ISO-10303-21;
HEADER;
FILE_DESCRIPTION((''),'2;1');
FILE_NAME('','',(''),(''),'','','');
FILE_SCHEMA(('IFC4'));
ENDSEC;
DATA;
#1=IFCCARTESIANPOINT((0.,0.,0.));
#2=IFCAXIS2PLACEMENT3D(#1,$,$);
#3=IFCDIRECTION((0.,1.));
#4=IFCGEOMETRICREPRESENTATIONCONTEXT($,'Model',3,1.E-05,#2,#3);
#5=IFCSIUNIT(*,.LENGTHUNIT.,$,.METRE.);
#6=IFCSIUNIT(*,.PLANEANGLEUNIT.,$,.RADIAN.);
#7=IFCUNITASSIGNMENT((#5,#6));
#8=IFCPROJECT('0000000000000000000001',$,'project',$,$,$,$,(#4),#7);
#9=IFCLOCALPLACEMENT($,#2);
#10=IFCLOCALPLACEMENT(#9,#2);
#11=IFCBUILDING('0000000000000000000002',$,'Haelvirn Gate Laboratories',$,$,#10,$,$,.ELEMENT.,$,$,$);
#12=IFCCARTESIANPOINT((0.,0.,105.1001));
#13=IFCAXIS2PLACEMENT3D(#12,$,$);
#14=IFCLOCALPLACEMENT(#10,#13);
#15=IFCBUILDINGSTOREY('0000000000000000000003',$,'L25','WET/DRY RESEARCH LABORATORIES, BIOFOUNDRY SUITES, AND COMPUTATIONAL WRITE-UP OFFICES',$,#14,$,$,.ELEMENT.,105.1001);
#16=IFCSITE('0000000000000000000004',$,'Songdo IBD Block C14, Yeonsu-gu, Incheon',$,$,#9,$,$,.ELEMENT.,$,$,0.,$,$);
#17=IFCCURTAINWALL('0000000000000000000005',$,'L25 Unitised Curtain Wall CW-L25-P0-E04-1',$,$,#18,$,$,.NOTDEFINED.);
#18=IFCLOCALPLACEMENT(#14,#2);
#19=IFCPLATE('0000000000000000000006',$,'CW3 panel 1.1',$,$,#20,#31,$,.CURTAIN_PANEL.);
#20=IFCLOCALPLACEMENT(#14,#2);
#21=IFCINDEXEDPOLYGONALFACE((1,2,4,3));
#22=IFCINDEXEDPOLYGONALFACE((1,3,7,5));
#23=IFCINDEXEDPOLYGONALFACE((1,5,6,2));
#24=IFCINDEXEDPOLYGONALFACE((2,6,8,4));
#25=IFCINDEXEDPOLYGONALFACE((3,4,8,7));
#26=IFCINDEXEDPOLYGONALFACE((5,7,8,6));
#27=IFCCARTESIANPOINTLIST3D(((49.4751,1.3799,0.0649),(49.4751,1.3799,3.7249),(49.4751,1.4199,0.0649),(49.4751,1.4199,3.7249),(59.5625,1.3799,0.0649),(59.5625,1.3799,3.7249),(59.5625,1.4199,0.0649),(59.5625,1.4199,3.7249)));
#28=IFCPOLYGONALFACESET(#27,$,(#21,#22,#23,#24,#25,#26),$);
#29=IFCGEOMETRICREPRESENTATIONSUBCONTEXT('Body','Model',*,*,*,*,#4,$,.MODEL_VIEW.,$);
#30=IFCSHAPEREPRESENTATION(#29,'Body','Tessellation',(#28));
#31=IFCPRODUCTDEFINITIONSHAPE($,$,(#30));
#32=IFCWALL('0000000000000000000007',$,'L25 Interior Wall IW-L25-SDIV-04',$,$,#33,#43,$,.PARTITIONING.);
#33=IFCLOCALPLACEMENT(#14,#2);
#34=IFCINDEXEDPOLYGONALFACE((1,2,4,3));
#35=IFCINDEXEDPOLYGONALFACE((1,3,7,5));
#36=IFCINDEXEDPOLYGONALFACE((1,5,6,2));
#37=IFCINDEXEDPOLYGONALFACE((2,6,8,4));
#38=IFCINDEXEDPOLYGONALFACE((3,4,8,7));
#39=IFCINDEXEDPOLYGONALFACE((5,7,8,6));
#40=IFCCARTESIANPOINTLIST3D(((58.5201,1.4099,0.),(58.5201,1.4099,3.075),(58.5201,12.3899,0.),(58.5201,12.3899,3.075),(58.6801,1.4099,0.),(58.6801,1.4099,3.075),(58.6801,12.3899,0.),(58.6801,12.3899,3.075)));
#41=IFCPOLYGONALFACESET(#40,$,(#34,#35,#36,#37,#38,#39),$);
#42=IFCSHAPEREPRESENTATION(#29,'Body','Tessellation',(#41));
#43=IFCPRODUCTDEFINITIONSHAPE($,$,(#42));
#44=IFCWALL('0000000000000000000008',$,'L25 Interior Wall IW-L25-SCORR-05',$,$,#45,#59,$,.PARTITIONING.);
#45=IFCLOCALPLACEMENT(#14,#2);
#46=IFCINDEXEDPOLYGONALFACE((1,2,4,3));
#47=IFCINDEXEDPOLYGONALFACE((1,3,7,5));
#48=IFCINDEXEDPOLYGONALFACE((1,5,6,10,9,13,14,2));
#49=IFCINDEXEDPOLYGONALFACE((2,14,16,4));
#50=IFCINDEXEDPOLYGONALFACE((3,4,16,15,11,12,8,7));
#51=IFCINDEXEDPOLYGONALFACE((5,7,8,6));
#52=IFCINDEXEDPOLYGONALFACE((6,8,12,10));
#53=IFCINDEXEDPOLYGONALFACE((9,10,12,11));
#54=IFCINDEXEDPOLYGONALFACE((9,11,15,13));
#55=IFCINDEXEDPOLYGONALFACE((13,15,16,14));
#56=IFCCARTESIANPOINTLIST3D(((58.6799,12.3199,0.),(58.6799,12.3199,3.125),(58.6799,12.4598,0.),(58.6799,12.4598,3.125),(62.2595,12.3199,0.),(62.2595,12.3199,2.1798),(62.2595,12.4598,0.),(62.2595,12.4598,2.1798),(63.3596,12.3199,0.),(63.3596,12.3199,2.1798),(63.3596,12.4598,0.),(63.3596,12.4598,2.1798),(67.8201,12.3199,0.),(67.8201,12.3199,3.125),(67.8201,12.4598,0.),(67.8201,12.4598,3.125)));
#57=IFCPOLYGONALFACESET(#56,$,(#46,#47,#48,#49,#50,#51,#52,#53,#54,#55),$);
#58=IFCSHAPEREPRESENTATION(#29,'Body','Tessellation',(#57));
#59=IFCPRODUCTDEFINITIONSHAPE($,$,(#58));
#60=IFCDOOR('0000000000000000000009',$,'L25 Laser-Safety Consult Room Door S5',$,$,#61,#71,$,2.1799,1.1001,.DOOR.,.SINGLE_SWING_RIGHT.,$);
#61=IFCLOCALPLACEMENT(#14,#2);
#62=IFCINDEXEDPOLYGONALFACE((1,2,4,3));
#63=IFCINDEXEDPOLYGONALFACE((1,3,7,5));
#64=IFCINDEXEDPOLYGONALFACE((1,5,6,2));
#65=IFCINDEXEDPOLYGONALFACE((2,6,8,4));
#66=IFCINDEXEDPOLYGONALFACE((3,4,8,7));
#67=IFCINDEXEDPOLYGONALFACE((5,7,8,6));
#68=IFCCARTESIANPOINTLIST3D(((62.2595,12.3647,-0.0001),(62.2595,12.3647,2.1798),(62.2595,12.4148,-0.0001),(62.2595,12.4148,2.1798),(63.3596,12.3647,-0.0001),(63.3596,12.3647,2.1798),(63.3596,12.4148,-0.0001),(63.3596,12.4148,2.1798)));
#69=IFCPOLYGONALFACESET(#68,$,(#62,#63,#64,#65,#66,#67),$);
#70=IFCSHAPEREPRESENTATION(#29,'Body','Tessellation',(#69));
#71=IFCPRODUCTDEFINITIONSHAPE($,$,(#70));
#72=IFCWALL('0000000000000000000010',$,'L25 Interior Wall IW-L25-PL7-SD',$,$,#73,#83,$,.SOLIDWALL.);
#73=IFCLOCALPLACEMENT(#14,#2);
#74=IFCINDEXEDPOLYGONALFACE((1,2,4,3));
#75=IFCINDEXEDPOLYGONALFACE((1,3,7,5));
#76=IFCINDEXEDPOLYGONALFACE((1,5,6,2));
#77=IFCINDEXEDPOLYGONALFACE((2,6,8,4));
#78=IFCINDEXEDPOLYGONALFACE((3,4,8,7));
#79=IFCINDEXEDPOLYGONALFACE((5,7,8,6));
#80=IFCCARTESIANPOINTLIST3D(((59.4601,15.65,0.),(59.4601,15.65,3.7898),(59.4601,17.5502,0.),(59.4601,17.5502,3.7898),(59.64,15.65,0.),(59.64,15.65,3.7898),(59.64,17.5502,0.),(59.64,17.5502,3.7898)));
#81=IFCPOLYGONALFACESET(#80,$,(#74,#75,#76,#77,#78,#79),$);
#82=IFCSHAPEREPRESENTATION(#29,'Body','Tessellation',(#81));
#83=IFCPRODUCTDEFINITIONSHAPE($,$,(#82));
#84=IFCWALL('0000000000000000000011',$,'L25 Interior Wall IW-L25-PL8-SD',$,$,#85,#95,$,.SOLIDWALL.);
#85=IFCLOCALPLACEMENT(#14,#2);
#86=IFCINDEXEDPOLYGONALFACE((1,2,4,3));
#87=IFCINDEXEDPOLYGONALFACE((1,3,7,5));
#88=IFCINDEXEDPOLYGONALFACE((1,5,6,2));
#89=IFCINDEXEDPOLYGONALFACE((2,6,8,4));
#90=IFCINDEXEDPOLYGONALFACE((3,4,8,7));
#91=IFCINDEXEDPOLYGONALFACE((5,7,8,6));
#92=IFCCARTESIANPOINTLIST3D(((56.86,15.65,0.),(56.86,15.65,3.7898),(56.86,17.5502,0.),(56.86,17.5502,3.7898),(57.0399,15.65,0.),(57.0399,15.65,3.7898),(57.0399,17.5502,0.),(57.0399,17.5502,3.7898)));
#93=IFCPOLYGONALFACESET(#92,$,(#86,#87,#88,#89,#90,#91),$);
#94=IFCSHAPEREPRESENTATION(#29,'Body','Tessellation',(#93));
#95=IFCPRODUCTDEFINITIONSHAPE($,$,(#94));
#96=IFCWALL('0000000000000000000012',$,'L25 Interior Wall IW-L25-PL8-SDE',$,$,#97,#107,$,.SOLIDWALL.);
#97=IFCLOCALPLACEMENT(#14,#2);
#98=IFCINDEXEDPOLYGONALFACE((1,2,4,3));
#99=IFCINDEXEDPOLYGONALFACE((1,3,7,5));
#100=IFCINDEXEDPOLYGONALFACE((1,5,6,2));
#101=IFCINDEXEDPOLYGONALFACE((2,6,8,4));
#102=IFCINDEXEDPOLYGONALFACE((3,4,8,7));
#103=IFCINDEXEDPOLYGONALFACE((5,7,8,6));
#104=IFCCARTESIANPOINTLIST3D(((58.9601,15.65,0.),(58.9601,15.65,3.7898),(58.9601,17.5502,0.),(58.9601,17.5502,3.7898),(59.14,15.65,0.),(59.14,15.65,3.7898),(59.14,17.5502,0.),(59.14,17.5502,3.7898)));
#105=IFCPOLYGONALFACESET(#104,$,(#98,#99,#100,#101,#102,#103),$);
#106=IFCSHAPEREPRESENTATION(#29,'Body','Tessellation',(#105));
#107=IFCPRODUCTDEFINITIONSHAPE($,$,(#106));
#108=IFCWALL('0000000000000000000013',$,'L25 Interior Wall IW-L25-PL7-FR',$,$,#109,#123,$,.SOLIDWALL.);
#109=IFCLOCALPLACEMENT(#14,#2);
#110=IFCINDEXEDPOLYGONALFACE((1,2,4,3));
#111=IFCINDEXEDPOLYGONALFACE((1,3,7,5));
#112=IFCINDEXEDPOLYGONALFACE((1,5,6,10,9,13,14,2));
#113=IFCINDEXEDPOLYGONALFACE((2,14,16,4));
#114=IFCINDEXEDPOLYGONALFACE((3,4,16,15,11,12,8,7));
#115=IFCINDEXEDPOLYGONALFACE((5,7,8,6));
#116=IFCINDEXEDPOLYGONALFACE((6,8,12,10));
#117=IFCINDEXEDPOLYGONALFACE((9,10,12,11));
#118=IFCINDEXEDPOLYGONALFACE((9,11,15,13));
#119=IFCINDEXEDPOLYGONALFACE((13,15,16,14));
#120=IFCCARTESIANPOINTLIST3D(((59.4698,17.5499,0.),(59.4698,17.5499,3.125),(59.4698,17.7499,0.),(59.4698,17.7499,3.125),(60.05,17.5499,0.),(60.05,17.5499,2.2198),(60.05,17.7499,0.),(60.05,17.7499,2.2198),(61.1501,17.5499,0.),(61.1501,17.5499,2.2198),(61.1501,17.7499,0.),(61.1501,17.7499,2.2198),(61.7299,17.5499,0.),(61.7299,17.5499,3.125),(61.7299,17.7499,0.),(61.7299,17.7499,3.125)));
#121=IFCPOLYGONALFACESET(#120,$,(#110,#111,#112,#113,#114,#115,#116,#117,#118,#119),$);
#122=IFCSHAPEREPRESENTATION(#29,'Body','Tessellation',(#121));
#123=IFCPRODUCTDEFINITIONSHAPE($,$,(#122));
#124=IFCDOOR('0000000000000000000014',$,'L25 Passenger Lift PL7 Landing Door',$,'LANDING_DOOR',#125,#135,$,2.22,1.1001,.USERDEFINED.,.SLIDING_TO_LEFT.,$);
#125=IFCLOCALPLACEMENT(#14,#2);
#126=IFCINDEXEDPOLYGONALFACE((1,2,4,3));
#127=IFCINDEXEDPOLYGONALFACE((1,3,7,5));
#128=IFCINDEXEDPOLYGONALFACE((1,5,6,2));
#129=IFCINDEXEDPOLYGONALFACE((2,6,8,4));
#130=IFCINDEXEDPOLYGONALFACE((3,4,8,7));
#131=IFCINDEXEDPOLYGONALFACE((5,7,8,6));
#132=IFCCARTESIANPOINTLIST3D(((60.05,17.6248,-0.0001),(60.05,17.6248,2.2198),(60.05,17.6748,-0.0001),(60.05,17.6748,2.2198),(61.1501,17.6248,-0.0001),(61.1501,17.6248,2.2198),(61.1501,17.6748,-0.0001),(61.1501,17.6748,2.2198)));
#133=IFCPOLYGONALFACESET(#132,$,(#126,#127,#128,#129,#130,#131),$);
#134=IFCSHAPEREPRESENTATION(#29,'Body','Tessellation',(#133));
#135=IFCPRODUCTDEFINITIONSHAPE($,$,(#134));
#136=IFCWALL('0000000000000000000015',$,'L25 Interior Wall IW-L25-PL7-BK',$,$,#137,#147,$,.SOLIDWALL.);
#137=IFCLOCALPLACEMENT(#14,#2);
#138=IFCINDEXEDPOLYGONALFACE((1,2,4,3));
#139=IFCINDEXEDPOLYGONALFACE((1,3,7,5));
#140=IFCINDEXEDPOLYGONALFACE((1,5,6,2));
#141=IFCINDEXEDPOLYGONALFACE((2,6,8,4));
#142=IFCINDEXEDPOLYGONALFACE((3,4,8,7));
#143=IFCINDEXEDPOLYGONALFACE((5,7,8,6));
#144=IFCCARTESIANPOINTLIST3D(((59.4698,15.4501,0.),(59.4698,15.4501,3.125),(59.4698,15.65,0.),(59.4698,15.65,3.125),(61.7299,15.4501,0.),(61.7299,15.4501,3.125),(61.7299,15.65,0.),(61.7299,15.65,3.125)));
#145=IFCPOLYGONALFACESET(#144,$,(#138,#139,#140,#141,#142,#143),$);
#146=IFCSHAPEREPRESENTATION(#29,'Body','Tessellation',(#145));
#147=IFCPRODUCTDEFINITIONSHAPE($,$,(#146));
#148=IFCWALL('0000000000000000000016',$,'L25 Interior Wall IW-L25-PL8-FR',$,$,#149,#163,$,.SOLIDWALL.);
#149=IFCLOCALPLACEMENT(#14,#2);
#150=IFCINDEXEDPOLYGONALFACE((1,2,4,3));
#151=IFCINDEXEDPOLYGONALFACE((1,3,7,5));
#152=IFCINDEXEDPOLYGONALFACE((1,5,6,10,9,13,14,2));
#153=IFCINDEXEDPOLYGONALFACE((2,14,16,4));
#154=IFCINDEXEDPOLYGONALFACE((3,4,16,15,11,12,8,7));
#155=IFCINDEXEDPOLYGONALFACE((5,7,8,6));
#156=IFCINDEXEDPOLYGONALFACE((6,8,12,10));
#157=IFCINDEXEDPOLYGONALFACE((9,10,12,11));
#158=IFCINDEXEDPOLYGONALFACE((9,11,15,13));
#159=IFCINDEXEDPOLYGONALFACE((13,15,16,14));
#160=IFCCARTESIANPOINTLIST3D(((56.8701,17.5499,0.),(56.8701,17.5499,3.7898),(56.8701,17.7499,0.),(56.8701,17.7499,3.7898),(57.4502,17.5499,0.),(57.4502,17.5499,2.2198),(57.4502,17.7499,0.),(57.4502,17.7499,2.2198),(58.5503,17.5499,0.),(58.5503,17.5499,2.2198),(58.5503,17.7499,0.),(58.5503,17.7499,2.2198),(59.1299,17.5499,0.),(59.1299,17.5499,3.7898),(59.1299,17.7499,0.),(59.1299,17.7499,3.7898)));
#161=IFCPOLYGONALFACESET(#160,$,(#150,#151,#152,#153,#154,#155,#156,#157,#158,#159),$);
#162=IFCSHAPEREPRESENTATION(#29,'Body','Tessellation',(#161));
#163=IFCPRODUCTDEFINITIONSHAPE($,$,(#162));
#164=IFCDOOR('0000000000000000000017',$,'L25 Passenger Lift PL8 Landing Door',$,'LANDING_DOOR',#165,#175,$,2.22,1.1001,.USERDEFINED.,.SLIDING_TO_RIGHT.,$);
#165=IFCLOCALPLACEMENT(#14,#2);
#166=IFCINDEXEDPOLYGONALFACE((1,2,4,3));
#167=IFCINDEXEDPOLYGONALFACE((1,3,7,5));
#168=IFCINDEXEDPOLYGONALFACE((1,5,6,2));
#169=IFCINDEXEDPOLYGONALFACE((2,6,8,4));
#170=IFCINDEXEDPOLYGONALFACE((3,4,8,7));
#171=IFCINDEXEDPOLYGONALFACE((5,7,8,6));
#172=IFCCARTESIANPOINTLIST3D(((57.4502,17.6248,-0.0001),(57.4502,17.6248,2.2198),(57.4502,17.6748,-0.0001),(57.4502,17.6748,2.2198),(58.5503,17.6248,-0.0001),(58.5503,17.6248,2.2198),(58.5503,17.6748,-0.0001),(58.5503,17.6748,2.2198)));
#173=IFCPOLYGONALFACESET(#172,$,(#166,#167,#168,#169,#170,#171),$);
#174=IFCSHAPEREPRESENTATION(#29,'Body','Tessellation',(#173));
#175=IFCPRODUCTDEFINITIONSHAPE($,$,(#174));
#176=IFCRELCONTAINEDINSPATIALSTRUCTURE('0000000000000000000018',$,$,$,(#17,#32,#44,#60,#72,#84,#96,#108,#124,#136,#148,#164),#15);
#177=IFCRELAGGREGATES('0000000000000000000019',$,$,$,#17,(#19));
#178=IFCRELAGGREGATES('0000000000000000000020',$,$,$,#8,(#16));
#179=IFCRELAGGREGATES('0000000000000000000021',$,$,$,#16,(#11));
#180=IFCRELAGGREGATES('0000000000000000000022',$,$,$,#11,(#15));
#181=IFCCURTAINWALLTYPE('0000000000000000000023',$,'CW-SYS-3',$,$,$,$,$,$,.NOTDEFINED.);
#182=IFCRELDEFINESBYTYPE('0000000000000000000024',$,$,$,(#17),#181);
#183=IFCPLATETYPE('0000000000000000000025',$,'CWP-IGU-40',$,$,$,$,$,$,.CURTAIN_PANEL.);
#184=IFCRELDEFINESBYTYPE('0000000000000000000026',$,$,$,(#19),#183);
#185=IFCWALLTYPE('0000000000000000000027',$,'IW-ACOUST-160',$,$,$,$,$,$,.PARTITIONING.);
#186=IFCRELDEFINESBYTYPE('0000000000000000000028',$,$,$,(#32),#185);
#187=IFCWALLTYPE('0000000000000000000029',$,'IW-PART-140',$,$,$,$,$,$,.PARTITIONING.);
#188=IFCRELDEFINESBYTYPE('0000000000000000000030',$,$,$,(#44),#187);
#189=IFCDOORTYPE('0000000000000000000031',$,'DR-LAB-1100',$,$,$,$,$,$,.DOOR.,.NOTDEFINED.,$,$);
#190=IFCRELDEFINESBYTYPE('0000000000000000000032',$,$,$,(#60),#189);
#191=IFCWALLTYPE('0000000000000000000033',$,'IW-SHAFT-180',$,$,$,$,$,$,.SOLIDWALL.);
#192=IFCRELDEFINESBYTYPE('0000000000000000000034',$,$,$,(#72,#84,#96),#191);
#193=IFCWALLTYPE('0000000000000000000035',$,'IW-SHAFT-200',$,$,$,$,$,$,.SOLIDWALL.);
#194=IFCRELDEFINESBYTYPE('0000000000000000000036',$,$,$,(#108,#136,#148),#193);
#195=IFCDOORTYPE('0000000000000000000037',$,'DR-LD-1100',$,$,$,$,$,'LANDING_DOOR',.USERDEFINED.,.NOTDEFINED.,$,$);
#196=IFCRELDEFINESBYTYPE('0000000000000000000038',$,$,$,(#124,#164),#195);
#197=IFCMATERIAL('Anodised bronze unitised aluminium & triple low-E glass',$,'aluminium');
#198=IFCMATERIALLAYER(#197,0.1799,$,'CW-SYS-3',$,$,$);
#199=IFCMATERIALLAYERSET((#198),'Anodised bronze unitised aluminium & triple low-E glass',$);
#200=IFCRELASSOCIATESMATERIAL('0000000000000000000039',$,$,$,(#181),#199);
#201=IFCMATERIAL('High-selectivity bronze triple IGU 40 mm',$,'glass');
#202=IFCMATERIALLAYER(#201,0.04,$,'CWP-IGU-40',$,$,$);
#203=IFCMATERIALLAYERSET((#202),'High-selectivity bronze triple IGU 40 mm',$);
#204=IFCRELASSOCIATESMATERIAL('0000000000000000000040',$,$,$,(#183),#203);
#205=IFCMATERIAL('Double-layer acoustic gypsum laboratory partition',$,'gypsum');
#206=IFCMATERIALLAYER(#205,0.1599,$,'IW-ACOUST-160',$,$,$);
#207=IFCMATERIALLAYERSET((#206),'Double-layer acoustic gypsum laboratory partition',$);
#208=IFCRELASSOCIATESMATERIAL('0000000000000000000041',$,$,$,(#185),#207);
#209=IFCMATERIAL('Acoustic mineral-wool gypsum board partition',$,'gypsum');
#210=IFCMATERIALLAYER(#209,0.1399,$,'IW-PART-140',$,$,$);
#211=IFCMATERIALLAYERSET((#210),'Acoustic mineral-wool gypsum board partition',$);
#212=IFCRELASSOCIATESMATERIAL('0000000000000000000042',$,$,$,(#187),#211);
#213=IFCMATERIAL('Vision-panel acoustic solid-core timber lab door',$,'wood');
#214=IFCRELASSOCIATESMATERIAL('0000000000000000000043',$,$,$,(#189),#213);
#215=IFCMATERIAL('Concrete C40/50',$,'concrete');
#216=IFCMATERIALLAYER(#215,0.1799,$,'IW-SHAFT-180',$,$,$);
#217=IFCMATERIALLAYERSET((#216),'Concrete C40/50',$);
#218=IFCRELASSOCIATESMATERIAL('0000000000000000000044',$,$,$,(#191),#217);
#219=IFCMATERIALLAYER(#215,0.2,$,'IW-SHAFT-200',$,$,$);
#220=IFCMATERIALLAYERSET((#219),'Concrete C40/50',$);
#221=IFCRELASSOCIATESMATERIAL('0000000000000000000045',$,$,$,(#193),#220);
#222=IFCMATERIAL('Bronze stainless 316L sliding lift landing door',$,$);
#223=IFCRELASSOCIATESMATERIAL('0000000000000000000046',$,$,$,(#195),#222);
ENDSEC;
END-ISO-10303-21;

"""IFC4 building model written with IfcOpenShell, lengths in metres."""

from ifc_helpers import new_model, si_unit, direction, frame, frame_2d, origin, origin_2d, place, context, subcontext, project, spatial, rectangle, extrude, source, transform, mapped, material, layer, layer_set, type_object, type_shapes, element, fill, aggregate, save


model = new_model("IFC4")

# Units and contexts
model_context = context("Model", 3, precision=1e-05, world=origin(), true_north=direction((0.0, 1.0)))
body_context = subcontext(model_context, "Body", "Model", "MODEL_VIEW")
ifc_project = project(units=[si_unit("LENGTHUNIT", "METRE"), si_unit("PLANEANGLEUNIT", "RADIAN")], contexts=[model_context])

# Site, building, storey
site_placement = place(None, origin())
site = spatial("IfcSite", under=ifc_project, at=site_placement, Name="Songdo IBD Block C14, Yeonsu-gu, Incheon", CompositionType="ELEMENT", RefElevation=0.0)
building_placement = place(site_placement, origin())
building = spatial("IfcBuilding", under=site, at=building_placement, Name="Haelvirn Gate Laboratories", CompositionType="ELEMENT")
storey_placement = place(building_placement, frame((0.0, 0.0, 105.1001)))
storey = spatial("IfcBuildingStorey", under=building, at=storey_placement, Name="L25", Description="WET/DRY RESEARCH LABORATORIES, BIOFOUNDRY SUITES, AND COMPUTATIONAL WRITE-UP OFFICES", CompositionType="ELEMENT", Elevation=105.1001)

# Shared definitions
ifc_material_1 = material(Name="Anodised bronze unitised aluminium & triple low-E glass", Category="aluminium")
ifc_layer_1 = layer(ifc_material_1, 0.1799, Name="CW-SYS-3")
ifc_layer_set_1 = layer_set([ifc_layer_1], Name="Anodised bronze unitised aluminium & triple low-E glass")
curtain_wall_type = type_object("IfcCurtainWallType", Name="CW-SYS-3", PredefinedType="NOTDEFINED", material=ifc_layer_set_1)

# Curtain wall, plate
curtain_wall_1_placement = place(storey_placement, origin())
curtain_wall_1 = element("IfcCurtainWall", 1, at=curtain_wall_1_placement, inside=storey, type_object=curtain_wall_type, Name="L25 Unitised Curtain Wall CW-L25-P0-E04-1", PredefinedType="NOTDEFINED")
ifc_material_2 = material(Name="High-selectivity bronze triple IGU 40 mm", Category="glass")
ifc_layer_2 = layer(ifc_material_2, 0.04, Name="CWP-IGU-40")
ifc_layer_set_2 = layer_set([ifc_layer_2], Name="High-selectivity bronze triple IGU 40 mm")
plate_type = type_object("IfcPlateType", Name="CWP-IGU-40", PredefinedType="CURTAIN_PANEL", material=ifc_layer_set_2)
shared_shape_1 = source(origin(), body_context, "Body", "SweptSolid", [
    extrude(rectangle(XDim=10.0874, YDim=0.04, at=origin_2d()), origin(), (0.0, 0.0, 1.0), 3.6599),
])
type_shapes(plate_type, [shared_shape_1])
plate_placement = place(storey_placement, frame((54.5188, 1.3999, 0.0649), z_axis=(0.0, 0.0, 1.0), x_axis=(1.0, 0.0, 0.0)))
plate = element("IfcPlate", 2, at=plate_placement, type_object=plate_type, Name="CW3 panel 1.1", PredefinedType="CURTAIN_PANEL", context=body_context, shape_type="MappedRepresentation", body=[
    mapped(shared_shape_1, transform((0.0, 0.0, 0.0), scale=1.0)),
])
aggregate(curtain_wall_1, [plate])

# Wall
ifc_material_3 = material(Name="Double-layer acoustic gypsum laboratory partition", Category="gypsum")
ifc_layer_3 = layer(ifc_material_3, 0.1599, Name="IW-ACOUST-160")
ifc_layer_set_3 = layer_set([ifc_layer_3], Name="Double-layer acoustic gypsum laboratory partition")
wall_type_1 = type_object("IfcWallType", Name="IW-ACOUST-160", PredefinedType="PARTITIONING", material=ifc_layer_set_3)
wall_1_placement = place(storey_placement, frame((58.6001, 1.4099, 0.0), z_axis=(0.0, 0.0, 1.0), x_axis=(0.0, 1.0, 0.0)))
element("IfcWall", 3, at=wall_1_placement, inside=storey, type_object=wall_type_1, Name="L25 Interior Wall IW-L25-SDIV-04", PredefinedType="PARTITIONING", context=body_context, shape_type="SweptSolid", body=[
    extrude(rectangle(XDim=10.98, YDim=0.1599, at=frame_2d((5.49, 0.0))), origin(), (0.0, 0.0, 1.0), 3.075),
])

# Wall, opening, door
ifc_material_4 = material(Name="Acoustic mineral-wool gypsum board partition", Category="gypsum")
ifc_layer_4 = layer(ifc_material_4, 0.1399, Name="IW-PART-140")
ifc_layer_set_4 = layer_set([ifc_layer_4], Name="Acoustic mineral-wool gypsum board partition")
wall_type_2 = type_object("IfcWallType", Name="IW-PART-140", PredefinedType="PARTITIONING", material=ifc_layer_set_4)
wall_2_placement = place(storey_placement, frame((58.6799, 12.3899, 0.0), z_axis=(0.0, 0.0, 1.0), x_axis=(1.0, 0.0, 0.0)))
wall_2 = element("IfcWall", 4, at=wall_2_placement, inside=storey, type_object=wall_type_2, Name="L25 Interior Wall IW-L25-SCORR-05", PredefinedType="PARTITIONING", context=body_context, shape_type="SweptSolid", body=[
    extrude(rectangle(XDim=9.1401, YDim=0.1399, at=frame_2d((4.5701, 0.0))), origin(), (0.0, 0.0, 1.0), 3.125),
])
opening_1_placement = place(wall_2_placement, frame((3.5796, 0.0, 0.0)))
opening_1 = element("IfcOpeningElement", 5, at=opening_1_placement, cuts=wall_2, PredefinedType="OPENING", context=body_context, shape_type="SweptSolid", body=[
    extrude(rectangle(XDim=1.1001, YDim=2.1799, at=frame_2d((0.55, 1.0898))), frame((0.0, 0.0801, 0.0), z_axis=(0.0, -1.0, 0.0), x_axis=(1.0, 0.0, 0.0)), (0.0, 0.0, 1.0), 0.1599),
])
ifc_material_5 = material(Name="Vision-panel acoustic solid-core timber lab door", Category="wood")
door_type_1 = type_object("IfcDoorType", Name="DR-LAB-1100", OperationType="NOTDEFINED", PredefinedType="DOOR", material=ifc_material_5)
shared_shape_2 = source(origin(), body_context, "Body", "SweptSolid", [
    extrude(rectangle(XDim=1.1001, YDim=2.1799, at=frame_2d((0.55, 1.0898))), frame((0.0, 0.0249, 0.0), z_axis=(0.0, -1.0, 0.0), x_axis=(1.0, 0.0, 0.0)), (0.0, 0.0, 1.0), 0.05),
])
type_shapes(door_type_1, [shared_shape_2])
door_1_placement = place(opening_1_placement, origin())
door_1 = element("IfcDoor", 6, at=door_1_placement, inside=storey, type_object=door_type_1, Name="L25 Laser-Safety Consult Room Door S5", OperationType="SINGLE_SWING_RIGHT", OverallHeight=2.1799, OverallWidth=1.1001, PredefinedType="DOOR", context=body_context, shape_type="MappedRepresentation", body=[
    mapped(shared_shape_2, transform((0.0, 0.0, 0.0), scale=1.0)),
])
fill(opening_1, door_1)

# Walls
ifc_material_6 = material(Name="Concrete C40/50", Category="concrete")
ifc_layer_5 = layer(ifc_material_6, 0.1799, Name="IW-SHAFT-180")
ifc_layer_set_5 = layer_set([ifc_layer_5], Name="Concrete C40/50")
wall_type_3 = type_object("IfcWallType", Name="IW-SHAFT-180", PredefinedType="SOLIDWALL", material=ifc_layer_set_5)
for number, where, z_axis, x_axis, name in (
    (7, (59.55, 15.6499, 0.0), (0.0, 0.0, 1.0), (0.0, 1.0, 0.0), "L25 Interior Wall IW-L25-PL7-SD"),
    (8, (56.95, 15.6499, 0.0), (0.0, 0.0, 1.0), (0.0, 1.0, 0.0), "L25 Interior Wall IW-L25-PL8-SD"),
    (9, (59.05, 15.6499, 0.0), (0.0, 0.0, 1.0), (0.0, 1.0, 0.0), "L25 Interior Wall IW-L25-PL8-SDE"),
):
    element("IfcWall", number, at=place(storey_placement, frame(where, z_axis=z_axis, x_axis=x_axis)), inside=storey, type_object=wall_type_3, Name=name, PredefinedType="SOLIDWALL", context=body_context, shape_type="SweptSolid", body=[
        extrude(rectangle(XDim=1.9001, YDim=0.1799, at=frame_2d((0.9502, 0.0))), origin(), (0.0, 0.0, 1.0), 3.7898),
    ])

# Wall, opening, door
ifc_layer_6 = layer(ifc_material_6, 0.2, Name="IW-SHAFT-200")
ifc_layer_set_6 = layer_set([ifc_layer_6], Name="Concrete C40/50")
wall_type_4 = type_object("IfcWallType", Name="IW-SHAFT-200", PredefinedType="SOLIDWALL", material=ifc_layer_set_6)
wall_3_placement = place(storey_placement, frame((59.47, 17.6499, 0.0), z_axis=(0.0, 0.0, 1.0), x_axis=(1.0, 0.0, 0.0)))
wall_3 = element("IfcWall", 10, at=wall_3_placement, inside=storey, type_object=wall_type_4, Name="L25 Interior Wall IW-L25-PL7-FR", PredefinedType="SOLIDWALL", context=body_context, shape_type="SweptSolid", body=[
    extrude(rectangle(XDim=2.26, YDim=0.2, at=frame_2d((1.1299, 0.0))), origin(), (0.0, 0.0, 1.0), 3.125),
])
opening_2_placement = place(wall_3_placement, frame((0.5801, 0.0, 0.0)))
opening_2 = element("IfcOpeningElement", 11, at=opening_2_placement, cuts=wall_3, PredefinedType="OPENING", context=body_context, shape_type="SweptSolid", body=[
    extrude(rectangle(XDim=1.1001, YDim=2.22, at=frame_2d((0.55, 1.1099))), frame((0.0, 0.1099, 0.0), z_axis=(0.0, -1.0, 0.0), x_axis=(1.0, 0.0, 0.0)), (0.0, 0.0, 1.0), 0.22),
])
ifc_material_7 = material(Name="Bronze stainless 316L sliding lift landing door")
door_type_2 = type_object("IfcDoorType", Name="DR-LD-1100", ElementType="LANDING_DOOR", OperationType="NOTDEFINED", PredefinedType="USERDEFINED", material=ifc_material_7)
shared_shape_3 = source(origin(), body_context, "Body", "SweptSolid", [
    extrude(rectangle(XDim=1.1001, YDim=2.22, at=frame_2d((0.55, 1.1099))), frame((0.0, 0.0249, 0.0), z_axis=(0.0, -1.0, 0.0), x_axis=(1.0, 0.0, 0.0)), (0.0, 0.0, 1.0), 0.05),
])
type_shapes(door_type_2, [shared_shape_3])
door_2_placement = place(opening_2_placement, origin())
door_2 = element("IfcDoor", 12, at=door_2_placement, inside=storey, type_object=door_type_2, Name="L25 Passenger Lift PL7 Landing Door", ObjectType="LANDING_DOOR", OperationType="SLIDING_TO_LEFT", OverallHeight=2.22, OverallWidth=1.1001, PredefinedType="USERDEFINED", context=body_context, shape_type="MappedRepresentation", body=[
    mapped(shared_shape_3, transform((0.0, 0.0, 0.0), scale=1.0)),
])
fill(opening_2, door_2)

# Wall
wall_4_placement = place(storey_placement, frame((59.47, 15.55, 0.0), z_axis=(0.0, 0.0, 1.0), x_axis=(1.0, 0.0, 0.0)))
element("IfcWall", 13, at=wall_4_placement, inside=storey, type_object=wall_type_4, Name="L25 Interior Wall IW-L25-PL7-BK", PredefinedType="SOLIDWALL", context=body_context, shape_type="SweptSolid", body=[
    extrude(rectangle(XDim=2.26, YDim=0.2, at=frame_2d((1.1299, 0.0))), origin(), (0.0, 0.0, 1.0), 3.125),
])

# Wall, opening, door
wall_5_placement = place(storey_placement, frame((56.8701, 17.6499, 0.0), z_axis=(0.0, 0.0, 1.0), x_axis=(1.0, 0.0, 0.0)))
wall_5 = element("IfcWall", 14, at=wall_5_placement, inside=storey, type_object=wall_type_4, Name="L25 Interior Wall IW-L25-PL8-FR", PredefinedType="SOLIDWALL", context=body_context, shape_type="SweptSolid", body=[
    extrude(rectangle(XDim=2.2598, YDim=0.2, at=frame_2d((1.1299, 0.0))), origin(), (0.0, 0.0, 1.0), 3.7898),
])
opening_3_placement = place(wall_5_placement, frame((0.5801, 0.0, 0.0)))
opening_3 = element("IfcOpeningElement", 15, at=opening_3_placement, cuts=wall_5, PredefinedType="OPENING", context=body_context, shape_type="SweptSolid", body=[
    extrude(rectangle(XDim=1.1001, YDim=2.22, at=frame_2d((0.55, 1.1099))), frame((0.0, 0.1099, 0.0), z_axis=(0.0, -1.0, 0.0), x_axis=(1.0, 0.0, 0.0)), (0.0, 0.0, 1.0), 0.22),
])
door_3_placement = place(opening_3_placement, origin())
door_3 = element("IfcDoor", 16, at=door_3_placement, inside=storey, type_object=door_type_2, Name="L25 Passenger Lift PL8 Landing Door", ObjectType="LANDING_DOOR", OperationType="SLIDING_TO_RIGHT", OverallHeight=2.22, OverallWidth=1.1001, PredefinedType="USERDEFINED", context=body_context, shape_type="MappedRepresentation", body=[
    mapped(shared_shape_3, transform((0.0, 0.0, 0.0), scale=1.0)),
])
fill(opening_3, door_3)

save(model, "model.ifc")
